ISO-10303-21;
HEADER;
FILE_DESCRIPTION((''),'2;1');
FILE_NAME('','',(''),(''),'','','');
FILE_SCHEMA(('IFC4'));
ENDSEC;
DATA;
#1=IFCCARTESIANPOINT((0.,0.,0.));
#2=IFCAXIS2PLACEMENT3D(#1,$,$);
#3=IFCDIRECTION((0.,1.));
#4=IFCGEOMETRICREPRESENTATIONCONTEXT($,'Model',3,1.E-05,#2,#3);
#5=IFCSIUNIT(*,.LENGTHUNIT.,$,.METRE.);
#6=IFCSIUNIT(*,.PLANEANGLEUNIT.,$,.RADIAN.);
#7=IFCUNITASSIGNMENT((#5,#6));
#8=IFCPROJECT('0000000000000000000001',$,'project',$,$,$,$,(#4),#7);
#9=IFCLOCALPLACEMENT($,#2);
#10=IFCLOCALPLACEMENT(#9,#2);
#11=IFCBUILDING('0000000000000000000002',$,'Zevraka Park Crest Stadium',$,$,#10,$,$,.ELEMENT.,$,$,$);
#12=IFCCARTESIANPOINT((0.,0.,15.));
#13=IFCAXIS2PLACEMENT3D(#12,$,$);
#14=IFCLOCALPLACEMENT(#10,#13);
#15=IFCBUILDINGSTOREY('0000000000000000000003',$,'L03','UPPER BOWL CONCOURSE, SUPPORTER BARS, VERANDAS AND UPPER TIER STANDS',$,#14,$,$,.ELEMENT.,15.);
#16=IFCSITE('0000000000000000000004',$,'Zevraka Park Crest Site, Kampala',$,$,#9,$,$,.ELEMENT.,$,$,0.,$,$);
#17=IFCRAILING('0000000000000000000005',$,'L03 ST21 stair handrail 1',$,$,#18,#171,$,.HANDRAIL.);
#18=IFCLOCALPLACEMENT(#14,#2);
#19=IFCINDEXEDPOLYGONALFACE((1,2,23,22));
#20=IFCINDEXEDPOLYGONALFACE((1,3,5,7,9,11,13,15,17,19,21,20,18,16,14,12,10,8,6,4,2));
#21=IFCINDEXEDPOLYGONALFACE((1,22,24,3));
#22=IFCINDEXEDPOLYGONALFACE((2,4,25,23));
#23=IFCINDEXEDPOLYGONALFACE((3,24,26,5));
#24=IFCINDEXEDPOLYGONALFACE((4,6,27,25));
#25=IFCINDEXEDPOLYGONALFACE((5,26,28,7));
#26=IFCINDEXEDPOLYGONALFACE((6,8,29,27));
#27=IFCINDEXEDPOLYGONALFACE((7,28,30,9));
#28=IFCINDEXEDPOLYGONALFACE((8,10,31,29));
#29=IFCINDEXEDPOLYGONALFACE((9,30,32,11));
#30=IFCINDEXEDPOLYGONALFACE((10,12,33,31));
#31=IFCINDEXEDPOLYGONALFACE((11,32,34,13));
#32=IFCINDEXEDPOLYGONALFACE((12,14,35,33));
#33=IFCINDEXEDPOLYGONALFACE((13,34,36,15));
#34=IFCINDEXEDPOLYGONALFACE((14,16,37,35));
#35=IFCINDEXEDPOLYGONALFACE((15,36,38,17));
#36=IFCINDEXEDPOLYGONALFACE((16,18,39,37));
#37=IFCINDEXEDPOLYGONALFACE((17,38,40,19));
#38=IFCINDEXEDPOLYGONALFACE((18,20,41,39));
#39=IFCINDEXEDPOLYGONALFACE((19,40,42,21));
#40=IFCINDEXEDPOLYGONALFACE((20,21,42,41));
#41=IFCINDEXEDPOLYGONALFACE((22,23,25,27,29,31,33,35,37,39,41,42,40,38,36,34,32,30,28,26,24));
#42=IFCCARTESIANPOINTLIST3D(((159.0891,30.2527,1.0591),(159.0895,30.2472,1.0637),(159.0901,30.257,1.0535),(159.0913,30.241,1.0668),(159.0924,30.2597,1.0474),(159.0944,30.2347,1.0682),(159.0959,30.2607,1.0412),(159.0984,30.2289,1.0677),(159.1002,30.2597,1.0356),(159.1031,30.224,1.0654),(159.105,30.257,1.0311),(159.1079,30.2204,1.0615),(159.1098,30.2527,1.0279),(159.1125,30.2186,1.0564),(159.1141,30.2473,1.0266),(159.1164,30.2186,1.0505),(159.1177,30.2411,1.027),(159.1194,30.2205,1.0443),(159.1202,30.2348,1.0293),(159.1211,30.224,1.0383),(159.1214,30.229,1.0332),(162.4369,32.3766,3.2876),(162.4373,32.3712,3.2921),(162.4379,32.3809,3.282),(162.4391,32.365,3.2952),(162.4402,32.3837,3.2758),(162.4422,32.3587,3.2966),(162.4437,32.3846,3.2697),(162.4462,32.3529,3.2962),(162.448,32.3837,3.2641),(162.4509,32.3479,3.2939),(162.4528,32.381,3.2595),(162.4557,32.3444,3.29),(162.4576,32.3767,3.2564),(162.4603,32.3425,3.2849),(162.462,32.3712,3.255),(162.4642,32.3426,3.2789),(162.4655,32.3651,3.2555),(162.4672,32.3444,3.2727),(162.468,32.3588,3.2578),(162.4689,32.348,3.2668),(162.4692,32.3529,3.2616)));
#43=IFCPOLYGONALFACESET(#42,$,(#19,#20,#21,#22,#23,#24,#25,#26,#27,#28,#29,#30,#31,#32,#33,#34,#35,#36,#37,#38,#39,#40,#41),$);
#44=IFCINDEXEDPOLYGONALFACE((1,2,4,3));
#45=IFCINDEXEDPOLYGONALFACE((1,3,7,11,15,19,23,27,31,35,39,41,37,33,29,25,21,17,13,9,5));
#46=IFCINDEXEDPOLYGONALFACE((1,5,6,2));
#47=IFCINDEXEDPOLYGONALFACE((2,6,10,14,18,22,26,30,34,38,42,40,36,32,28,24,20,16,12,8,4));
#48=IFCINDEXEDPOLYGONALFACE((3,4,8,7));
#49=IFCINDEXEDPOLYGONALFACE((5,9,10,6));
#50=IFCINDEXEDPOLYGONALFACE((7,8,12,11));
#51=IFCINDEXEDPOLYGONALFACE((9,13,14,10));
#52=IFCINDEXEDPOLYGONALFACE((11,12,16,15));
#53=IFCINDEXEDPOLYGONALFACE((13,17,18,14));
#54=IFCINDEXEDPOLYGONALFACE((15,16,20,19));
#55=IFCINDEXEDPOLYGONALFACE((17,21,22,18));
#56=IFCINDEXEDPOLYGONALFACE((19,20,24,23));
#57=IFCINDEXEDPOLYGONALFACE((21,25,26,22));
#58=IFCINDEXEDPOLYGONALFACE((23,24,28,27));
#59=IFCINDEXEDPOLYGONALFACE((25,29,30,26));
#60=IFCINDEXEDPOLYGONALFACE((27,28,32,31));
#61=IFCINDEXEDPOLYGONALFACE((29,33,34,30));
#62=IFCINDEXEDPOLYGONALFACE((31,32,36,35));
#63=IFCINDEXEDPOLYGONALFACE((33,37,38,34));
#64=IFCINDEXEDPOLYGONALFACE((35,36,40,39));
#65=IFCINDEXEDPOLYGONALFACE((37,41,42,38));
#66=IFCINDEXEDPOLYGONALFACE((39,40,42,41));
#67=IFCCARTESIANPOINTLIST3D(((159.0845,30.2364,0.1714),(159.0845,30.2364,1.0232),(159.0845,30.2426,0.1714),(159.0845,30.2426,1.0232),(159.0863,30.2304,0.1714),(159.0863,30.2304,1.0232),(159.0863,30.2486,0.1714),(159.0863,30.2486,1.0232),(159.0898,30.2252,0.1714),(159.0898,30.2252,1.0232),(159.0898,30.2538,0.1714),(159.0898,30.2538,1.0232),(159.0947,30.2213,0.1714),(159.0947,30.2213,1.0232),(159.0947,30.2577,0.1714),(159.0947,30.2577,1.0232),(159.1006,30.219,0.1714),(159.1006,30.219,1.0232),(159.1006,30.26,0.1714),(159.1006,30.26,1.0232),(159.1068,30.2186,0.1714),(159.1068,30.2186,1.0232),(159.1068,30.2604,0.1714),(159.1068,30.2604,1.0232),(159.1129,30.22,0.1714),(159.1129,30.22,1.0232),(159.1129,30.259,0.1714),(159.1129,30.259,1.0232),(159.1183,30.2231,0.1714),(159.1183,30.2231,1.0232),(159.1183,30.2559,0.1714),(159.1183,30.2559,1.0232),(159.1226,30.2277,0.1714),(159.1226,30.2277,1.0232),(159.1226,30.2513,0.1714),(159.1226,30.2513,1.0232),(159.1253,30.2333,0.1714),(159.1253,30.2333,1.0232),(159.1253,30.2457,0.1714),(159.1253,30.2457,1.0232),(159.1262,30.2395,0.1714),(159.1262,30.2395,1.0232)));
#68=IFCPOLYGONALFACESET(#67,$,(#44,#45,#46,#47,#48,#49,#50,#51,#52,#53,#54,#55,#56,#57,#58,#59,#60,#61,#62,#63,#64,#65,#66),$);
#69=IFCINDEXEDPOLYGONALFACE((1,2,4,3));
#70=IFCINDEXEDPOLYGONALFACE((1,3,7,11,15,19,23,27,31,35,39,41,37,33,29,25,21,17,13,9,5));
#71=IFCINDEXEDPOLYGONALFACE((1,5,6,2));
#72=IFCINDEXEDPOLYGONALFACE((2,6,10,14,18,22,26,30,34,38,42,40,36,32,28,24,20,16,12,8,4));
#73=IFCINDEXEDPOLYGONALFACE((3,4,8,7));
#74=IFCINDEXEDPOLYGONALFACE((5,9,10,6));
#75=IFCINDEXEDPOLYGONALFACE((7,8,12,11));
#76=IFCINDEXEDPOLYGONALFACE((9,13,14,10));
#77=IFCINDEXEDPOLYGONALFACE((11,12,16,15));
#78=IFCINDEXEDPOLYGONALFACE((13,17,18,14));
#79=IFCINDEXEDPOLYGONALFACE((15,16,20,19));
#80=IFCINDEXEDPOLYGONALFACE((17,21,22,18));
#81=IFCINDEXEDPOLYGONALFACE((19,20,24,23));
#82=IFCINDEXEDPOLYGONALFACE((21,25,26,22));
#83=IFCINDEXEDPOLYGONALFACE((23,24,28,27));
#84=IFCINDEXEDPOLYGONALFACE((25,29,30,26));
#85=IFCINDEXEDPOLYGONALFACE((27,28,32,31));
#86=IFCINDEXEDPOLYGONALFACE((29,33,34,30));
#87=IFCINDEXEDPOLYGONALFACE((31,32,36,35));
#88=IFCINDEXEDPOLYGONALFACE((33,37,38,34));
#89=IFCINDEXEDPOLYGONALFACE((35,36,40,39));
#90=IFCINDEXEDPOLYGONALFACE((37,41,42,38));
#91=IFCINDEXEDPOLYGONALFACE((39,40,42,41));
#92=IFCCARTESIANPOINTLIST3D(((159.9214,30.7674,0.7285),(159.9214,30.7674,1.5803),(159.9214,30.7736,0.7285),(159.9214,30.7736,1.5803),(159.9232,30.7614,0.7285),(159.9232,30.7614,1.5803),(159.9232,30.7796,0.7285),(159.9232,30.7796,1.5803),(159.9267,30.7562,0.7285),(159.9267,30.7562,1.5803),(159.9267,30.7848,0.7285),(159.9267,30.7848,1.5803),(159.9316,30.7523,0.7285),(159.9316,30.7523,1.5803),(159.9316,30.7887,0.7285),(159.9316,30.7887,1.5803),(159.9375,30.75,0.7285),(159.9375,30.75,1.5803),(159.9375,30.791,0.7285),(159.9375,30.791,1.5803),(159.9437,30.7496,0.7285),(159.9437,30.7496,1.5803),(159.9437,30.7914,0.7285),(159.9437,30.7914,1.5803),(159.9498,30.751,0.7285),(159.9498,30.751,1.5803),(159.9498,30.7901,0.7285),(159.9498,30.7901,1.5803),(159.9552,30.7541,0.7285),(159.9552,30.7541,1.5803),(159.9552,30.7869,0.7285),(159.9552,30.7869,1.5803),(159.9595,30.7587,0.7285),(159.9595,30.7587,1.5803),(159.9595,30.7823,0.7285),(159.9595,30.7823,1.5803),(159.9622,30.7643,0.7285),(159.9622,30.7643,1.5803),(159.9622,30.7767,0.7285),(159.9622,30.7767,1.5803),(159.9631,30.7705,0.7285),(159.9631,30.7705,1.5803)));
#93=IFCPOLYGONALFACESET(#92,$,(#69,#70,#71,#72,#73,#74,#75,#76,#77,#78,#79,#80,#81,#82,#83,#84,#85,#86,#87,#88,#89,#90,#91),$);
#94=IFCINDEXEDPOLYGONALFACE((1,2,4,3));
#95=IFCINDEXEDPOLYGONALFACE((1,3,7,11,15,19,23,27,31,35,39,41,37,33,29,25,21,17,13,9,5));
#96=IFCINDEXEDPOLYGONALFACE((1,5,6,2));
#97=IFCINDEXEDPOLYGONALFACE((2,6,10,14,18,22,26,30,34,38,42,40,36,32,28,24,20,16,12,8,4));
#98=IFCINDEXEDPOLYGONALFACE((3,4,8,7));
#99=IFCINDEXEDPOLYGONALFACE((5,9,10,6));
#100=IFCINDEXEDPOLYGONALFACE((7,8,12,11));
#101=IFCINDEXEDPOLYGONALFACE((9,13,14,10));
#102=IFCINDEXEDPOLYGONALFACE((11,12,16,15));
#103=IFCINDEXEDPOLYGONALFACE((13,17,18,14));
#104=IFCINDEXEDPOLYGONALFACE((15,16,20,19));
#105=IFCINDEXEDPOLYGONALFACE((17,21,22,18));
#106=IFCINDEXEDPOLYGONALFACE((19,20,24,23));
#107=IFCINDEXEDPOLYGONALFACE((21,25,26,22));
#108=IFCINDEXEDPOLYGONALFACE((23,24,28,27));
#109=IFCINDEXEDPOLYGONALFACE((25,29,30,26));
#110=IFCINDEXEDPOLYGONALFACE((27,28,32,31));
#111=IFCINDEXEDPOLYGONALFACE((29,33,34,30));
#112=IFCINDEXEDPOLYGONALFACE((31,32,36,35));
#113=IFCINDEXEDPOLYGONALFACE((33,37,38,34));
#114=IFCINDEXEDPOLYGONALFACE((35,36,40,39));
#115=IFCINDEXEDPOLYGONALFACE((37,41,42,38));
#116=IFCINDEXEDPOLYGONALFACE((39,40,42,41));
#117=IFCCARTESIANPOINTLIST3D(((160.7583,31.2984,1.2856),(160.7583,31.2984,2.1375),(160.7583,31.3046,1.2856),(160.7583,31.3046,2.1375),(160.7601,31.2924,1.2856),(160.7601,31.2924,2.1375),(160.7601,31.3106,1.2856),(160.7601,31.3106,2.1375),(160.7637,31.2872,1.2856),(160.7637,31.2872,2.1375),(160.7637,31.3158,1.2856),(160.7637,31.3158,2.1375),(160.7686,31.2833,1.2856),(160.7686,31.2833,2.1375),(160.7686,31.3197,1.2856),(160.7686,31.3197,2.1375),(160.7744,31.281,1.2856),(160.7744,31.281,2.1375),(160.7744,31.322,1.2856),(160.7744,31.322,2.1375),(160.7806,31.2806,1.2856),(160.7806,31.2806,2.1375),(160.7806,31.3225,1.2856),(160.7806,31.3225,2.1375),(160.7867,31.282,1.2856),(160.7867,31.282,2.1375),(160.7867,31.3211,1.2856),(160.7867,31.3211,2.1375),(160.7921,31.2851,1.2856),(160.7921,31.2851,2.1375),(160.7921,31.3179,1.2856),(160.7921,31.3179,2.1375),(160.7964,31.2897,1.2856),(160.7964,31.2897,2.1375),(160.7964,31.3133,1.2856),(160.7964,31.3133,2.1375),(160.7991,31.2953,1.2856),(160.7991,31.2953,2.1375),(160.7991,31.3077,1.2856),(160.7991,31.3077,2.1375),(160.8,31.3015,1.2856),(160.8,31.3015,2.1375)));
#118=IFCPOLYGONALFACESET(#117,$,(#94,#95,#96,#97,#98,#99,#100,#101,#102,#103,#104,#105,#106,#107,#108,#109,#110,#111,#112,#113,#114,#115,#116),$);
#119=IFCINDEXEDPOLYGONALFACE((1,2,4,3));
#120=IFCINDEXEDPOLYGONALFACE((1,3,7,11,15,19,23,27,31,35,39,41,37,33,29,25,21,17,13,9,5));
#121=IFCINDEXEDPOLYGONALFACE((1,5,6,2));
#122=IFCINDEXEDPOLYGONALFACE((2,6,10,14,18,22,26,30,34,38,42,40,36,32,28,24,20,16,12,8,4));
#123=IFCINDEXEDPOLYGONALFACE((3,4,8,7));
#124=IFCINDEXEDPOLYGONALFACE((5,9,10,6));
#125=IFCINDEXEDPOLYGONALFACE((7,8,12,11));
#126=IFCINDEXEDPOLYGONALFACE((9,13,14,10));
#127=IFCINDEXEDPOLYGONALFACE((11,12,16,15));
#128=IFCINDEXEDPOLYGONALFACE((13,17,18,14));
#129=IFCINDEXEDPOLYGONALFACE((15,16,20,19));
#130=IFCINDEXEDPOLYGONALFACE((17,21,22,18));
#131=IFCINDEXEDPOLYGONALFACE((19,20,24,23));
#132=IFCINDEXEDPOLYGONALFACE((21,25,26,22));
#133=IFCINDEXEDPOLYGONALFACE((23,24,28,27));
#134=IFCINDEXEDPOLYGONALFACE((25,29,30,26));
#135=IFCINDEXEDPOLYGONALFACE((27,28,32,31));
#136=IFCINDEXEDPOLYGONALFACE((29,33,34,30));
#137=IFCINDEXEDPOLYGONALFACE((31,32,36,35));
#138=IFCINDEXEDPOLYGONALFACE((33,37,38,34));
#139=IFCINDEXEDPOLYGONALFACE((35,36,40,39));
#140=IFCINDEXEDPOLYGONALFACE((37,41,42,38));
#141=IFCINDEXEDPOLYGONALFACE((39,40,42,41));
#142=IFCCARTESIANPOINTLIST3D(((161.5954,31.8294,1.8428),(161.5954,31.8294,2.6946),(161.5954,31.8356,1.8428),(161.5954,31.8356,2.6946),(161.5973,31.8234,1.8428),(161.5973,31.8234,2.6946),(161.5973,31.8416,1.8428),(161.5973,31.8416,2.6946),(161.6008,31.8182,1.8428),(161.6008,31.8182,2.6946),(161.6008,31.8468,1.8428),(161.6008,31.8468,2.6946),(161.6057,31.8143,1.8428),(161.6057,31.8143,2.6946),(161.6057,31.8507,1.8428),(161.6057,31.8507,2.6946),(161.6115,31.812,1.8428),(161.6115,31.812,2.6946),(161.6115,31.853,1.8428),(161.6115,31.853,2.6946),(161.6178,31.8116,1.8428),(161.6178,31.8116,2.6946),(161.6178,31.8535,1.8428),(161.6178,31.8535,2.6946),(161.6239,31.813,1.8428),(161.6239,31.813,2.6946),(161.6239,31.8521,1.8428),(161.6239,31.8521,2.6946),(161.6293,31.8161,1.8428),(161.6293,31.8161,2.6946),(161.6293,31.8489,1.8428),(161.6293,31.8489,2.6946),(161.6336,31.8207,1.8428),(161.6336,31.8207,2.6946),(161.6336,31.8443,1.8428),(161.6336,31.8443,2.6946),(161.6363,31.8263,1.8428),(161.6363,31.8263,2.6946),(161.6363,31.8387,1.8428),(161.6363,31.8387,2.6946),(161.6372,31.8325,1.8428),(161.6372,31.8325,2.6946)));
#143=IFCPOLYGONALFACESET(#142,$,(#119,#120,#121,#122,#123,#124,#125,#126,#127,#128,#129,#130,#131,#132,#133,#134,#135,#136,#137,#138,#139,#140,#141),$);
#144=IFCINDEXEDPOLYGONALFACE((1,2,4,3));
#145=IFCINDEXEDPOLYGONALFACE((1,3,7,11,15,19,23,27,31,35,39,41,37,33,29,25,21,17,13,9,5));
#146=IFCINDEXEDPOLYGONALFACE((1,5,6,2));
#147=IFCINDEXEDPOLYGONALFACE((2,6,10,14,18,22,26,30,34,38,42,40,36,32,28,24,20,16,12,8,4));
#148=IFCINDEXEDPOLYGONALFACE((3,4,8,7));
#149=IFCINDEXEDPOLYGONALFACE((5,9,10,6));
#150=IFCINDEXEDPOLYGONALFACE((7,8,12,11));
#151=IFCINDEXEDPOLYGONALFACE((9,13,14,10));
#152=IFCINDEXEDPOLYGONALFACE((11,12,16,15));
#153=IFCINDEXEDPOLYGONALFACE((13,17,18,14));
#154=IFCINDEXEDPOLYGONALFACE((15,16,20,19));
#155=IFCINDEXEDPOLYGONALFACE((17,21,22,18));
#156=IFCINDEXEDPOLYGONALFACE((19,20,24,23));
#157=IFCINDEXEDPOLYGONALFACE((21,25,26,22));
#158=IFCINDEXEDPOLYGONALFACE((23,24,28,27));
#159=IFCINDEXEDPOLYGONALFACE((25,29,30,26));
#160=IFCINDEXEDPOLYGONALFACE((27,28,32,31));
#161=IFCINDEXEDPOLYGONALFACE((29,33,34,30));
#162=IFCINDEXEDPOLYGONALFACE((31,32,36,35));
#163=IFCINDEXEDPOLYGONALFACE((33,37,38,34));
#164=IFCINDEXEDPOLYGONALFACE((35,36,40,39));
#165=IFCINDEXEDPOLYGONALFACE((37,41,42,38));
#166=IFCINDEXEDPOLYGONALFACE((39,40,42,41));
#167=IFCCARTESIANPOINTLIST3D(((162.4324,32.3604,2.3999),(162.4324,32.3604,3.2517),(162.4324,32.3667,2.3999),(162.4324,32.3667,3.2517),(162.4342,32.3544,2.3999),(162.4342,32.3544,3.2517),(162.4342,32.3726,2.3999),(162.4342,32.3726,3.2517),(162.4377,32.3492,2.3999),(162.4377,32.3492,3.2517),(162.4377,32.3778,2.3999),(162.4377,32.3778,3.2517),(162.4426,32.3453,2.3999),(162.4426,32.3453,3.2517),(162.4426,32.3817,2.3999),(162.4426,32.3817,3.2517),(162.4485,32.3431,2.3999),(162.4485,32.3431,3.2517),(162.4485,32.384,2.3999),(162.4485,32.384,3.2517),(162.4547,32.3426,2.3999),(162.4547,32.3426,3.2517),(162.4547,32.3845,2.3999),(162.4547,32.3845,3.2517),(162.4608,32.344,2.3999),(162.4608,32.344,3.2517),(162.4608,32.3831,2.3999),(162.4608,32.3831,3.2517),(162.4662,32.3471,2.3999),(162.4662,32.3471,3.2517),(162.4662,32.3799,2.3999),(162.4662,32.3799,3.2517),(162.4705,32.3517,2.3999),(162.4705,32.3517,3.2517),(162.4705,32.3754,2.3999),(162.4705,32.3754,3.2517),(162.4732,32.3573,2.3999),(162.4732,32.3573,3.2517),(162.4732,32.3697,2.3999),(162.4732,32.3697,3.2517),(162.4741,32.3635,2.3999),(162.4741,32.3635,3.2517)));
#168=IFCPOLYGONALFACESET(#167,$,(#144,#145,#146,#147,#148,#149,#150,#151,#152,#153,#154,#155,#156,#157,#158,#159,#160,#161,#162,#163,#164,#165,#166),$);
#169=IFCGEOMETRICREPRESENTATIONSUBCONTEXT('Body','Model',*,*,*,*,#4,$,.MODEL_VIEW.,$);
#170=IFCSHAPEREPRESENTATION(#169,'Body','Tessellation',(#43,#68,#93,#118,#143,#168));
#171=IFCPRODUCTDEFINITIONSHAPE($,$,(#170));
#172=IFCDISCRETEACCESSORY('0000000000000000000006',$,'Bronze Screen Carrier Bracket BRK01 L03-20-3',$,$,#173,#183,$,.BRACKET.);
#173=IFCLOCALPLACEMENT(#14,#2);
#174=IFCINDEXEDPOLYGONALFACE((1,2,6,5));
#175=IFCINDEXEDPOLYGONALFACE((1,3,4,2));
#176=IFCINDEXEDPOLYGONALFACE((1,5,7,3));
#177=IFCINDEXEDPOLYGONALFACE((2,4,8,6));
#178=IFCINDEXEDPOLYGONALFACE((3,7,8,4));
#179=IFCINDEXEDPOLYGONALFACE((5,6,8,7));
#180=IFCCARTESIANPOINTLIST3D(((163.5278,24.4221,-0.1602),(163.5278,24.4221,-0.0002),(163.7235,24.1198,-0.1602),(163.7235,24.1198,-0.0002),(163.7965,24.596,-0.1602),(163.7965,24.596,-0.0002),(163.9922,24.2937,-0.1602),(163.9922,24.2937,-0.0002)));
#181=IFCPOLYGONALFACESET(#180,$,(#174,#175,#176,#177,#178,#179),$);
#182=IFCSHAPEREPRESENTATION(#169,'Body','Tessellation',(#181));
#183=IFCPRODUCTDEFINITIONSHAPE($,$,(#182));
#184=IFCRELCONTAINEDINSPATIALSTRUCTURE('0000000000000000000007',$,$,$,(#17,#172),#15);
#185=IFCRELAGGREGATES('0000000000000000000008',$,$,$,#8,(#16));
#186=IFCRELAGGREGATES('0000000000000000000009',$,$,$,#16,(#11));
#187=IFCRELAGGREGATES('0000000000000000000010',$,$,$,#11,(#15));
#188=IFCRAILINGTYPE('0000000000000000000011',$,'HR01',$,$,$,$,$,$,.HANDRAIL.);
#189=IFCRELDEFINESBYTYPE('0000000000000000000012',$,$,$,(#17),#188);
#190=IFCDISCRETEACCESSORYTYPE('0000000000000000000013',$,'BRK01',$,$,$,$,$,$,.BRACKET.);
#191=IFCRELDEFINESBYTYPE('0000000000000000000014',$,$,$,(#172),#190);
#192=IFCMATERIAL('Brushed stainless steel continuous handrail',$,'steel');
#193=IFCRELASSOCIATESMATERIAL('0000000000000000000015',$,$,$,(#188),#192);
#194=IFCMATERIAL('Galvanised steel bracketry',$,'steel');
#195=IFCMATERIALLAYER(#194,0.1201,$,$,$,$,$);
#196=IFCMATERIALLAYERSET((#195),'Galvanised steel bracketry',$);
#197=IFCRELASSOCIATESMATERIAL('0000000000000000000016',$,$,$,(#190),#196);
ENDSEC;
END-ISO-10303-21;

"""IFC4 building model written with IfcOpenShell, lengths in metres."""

from ifc_helpers import new_model, si_unit, direction, frame, origin, origin_2d, place, context, subcontext, project, spatial, rectangle, circle, extrude, material, layer, layer_set, type_object, element, save


model = new_model("IFC4")

# Units and contexts
model_context = context("Model", 3, precision=1e-05, world=origin(), true_north=direction((0.0, 1.0)))
body_context = subcontext(model_context, "Body", "Model", "MODEL_VIEW")
ifc_project = project(units=[si_unit("LENGTHUNIT", "METRE"), si_unit("PLANEANGLEUNIT", "RADIAN")], contexts=[model_context])

# Site, building, storey
site_placement = place(None, origin())
site = spatial("IfcSite", under=ifc_project, at=site_placement, Name="Zevraka Park Crest Site, Kampala", CompositionType="ELEMENT", RefElevation=0.0)
building_placement = place(site_placement, origin())
building = spatial("IfcBuilding", under=site, at=building_placement, Name="Zevraka Park Crest Stadium", CompositionType="ELEMENT")
storey_placement = place(building_placement, frame((0.0, 0.0, 15.0)))
storey = spatial("IfcBuildingStorey", under=building, at=storey_placement, Name="L03", Description="UPPER BOWL CONCOURSE, SUPPORTER BARS, VERANDAS AND UPPER TIER STANDS", CompositionType="ELEMENT", Elevation=15.0)

# Railing
ifc_material_1 = material(Name="Brushed stainless steel continuous handrail", Category="steel")
railing_type_1 = type_object("IfcRailingType", Name="HR01", PredefinedType="HANDRAIL", material=ifc_material_1)
railing_1_placement = place(storey_placement, frame((159.1052, 30.2395, 0.1714)))
element("IfcRailing", 1, at=railing_1_placement, inside=storey, type_object=railing_type_1, Name="L03 ST21 stair handrail 1", PredefinedType="HANDRAIL", context=body_context, shape_type="SweptSolid", body=[
    extrude(circle(Radius=0.0239, at=origin_2d()), frame((0.0, 0.0, 0.876), z_axis=(0.736092, 0.467002, 0.489977), x_axis=(-0.535716, 0.844399, 0.0)), (0.0, 0.0, 1.0), 4.5481),
    extrude(circle(Radius=0.021, at=origin_2d()), origin(), (0.0, 0.0, 1.0), 0.8518),
    extrude(circle(Radius=0.021, at=origin_2d()), frame((0.8369, 0.531, 0.5571)), (0.0, 0.0, 1.0), 0.8518),
    extrude(circle(Radius=0.021, at=origin_2d()), frame((1.6738, 1.062, 1.1143)), (0.0, 0.0, 1.0), 0.8518),
    extrude(circle(Radius=0.021, at=origin_2d()), frame((2.511, 1.593, 1.6714)), (0.0, 0.0, 1.0), 0.8518),
    extrude(circle(Radius=0.021, at=origin_2d()), frame((3.3479, 2.124, 2.2285)), (0.0, 0.0, 1.0), 0.8518),
])

# Discrete accessory
ifc_material_2 = material(Name="Galvanised steel bracketry", Category="steel")
ifc_layer_1 = layer(ifc_material_2, 0.1201)
ifc_layer_set_1 = layer_set([ifc_layer_1], Name="Galvanised steel bracketry")
discrete_accessory_type = type_object("IfcDiscreteAccessoryType", Name="BRK01", PredefinedType="BRACKET", material=ifc_layer_set_1)
discrete_accessory_placement = place(storey_placement, frame((163.76, 24.3579, -0.1602), z_axis=(0.0, 0.0, 1.0), x_axis=(0.83943, 0.543467, 0.0)))
element("IfcDiscreteAccessory", 2, at=discrete_accessory_placement, inside=storey, type_object=discrete_accessory_type, Name="Bronze Screen Carrier Bracket BRK01 L03-20-3", PredefinedType="BRACKET", context=body_context, shape_type="SweptSolid", body=[
    extrude(rectangle(XDim=0.3201, YDim=0.3601, at=origin_2d()), origin(), (0.0, 0.0, 1.0), 0.1599),
])

save(model, "model.ifc")
